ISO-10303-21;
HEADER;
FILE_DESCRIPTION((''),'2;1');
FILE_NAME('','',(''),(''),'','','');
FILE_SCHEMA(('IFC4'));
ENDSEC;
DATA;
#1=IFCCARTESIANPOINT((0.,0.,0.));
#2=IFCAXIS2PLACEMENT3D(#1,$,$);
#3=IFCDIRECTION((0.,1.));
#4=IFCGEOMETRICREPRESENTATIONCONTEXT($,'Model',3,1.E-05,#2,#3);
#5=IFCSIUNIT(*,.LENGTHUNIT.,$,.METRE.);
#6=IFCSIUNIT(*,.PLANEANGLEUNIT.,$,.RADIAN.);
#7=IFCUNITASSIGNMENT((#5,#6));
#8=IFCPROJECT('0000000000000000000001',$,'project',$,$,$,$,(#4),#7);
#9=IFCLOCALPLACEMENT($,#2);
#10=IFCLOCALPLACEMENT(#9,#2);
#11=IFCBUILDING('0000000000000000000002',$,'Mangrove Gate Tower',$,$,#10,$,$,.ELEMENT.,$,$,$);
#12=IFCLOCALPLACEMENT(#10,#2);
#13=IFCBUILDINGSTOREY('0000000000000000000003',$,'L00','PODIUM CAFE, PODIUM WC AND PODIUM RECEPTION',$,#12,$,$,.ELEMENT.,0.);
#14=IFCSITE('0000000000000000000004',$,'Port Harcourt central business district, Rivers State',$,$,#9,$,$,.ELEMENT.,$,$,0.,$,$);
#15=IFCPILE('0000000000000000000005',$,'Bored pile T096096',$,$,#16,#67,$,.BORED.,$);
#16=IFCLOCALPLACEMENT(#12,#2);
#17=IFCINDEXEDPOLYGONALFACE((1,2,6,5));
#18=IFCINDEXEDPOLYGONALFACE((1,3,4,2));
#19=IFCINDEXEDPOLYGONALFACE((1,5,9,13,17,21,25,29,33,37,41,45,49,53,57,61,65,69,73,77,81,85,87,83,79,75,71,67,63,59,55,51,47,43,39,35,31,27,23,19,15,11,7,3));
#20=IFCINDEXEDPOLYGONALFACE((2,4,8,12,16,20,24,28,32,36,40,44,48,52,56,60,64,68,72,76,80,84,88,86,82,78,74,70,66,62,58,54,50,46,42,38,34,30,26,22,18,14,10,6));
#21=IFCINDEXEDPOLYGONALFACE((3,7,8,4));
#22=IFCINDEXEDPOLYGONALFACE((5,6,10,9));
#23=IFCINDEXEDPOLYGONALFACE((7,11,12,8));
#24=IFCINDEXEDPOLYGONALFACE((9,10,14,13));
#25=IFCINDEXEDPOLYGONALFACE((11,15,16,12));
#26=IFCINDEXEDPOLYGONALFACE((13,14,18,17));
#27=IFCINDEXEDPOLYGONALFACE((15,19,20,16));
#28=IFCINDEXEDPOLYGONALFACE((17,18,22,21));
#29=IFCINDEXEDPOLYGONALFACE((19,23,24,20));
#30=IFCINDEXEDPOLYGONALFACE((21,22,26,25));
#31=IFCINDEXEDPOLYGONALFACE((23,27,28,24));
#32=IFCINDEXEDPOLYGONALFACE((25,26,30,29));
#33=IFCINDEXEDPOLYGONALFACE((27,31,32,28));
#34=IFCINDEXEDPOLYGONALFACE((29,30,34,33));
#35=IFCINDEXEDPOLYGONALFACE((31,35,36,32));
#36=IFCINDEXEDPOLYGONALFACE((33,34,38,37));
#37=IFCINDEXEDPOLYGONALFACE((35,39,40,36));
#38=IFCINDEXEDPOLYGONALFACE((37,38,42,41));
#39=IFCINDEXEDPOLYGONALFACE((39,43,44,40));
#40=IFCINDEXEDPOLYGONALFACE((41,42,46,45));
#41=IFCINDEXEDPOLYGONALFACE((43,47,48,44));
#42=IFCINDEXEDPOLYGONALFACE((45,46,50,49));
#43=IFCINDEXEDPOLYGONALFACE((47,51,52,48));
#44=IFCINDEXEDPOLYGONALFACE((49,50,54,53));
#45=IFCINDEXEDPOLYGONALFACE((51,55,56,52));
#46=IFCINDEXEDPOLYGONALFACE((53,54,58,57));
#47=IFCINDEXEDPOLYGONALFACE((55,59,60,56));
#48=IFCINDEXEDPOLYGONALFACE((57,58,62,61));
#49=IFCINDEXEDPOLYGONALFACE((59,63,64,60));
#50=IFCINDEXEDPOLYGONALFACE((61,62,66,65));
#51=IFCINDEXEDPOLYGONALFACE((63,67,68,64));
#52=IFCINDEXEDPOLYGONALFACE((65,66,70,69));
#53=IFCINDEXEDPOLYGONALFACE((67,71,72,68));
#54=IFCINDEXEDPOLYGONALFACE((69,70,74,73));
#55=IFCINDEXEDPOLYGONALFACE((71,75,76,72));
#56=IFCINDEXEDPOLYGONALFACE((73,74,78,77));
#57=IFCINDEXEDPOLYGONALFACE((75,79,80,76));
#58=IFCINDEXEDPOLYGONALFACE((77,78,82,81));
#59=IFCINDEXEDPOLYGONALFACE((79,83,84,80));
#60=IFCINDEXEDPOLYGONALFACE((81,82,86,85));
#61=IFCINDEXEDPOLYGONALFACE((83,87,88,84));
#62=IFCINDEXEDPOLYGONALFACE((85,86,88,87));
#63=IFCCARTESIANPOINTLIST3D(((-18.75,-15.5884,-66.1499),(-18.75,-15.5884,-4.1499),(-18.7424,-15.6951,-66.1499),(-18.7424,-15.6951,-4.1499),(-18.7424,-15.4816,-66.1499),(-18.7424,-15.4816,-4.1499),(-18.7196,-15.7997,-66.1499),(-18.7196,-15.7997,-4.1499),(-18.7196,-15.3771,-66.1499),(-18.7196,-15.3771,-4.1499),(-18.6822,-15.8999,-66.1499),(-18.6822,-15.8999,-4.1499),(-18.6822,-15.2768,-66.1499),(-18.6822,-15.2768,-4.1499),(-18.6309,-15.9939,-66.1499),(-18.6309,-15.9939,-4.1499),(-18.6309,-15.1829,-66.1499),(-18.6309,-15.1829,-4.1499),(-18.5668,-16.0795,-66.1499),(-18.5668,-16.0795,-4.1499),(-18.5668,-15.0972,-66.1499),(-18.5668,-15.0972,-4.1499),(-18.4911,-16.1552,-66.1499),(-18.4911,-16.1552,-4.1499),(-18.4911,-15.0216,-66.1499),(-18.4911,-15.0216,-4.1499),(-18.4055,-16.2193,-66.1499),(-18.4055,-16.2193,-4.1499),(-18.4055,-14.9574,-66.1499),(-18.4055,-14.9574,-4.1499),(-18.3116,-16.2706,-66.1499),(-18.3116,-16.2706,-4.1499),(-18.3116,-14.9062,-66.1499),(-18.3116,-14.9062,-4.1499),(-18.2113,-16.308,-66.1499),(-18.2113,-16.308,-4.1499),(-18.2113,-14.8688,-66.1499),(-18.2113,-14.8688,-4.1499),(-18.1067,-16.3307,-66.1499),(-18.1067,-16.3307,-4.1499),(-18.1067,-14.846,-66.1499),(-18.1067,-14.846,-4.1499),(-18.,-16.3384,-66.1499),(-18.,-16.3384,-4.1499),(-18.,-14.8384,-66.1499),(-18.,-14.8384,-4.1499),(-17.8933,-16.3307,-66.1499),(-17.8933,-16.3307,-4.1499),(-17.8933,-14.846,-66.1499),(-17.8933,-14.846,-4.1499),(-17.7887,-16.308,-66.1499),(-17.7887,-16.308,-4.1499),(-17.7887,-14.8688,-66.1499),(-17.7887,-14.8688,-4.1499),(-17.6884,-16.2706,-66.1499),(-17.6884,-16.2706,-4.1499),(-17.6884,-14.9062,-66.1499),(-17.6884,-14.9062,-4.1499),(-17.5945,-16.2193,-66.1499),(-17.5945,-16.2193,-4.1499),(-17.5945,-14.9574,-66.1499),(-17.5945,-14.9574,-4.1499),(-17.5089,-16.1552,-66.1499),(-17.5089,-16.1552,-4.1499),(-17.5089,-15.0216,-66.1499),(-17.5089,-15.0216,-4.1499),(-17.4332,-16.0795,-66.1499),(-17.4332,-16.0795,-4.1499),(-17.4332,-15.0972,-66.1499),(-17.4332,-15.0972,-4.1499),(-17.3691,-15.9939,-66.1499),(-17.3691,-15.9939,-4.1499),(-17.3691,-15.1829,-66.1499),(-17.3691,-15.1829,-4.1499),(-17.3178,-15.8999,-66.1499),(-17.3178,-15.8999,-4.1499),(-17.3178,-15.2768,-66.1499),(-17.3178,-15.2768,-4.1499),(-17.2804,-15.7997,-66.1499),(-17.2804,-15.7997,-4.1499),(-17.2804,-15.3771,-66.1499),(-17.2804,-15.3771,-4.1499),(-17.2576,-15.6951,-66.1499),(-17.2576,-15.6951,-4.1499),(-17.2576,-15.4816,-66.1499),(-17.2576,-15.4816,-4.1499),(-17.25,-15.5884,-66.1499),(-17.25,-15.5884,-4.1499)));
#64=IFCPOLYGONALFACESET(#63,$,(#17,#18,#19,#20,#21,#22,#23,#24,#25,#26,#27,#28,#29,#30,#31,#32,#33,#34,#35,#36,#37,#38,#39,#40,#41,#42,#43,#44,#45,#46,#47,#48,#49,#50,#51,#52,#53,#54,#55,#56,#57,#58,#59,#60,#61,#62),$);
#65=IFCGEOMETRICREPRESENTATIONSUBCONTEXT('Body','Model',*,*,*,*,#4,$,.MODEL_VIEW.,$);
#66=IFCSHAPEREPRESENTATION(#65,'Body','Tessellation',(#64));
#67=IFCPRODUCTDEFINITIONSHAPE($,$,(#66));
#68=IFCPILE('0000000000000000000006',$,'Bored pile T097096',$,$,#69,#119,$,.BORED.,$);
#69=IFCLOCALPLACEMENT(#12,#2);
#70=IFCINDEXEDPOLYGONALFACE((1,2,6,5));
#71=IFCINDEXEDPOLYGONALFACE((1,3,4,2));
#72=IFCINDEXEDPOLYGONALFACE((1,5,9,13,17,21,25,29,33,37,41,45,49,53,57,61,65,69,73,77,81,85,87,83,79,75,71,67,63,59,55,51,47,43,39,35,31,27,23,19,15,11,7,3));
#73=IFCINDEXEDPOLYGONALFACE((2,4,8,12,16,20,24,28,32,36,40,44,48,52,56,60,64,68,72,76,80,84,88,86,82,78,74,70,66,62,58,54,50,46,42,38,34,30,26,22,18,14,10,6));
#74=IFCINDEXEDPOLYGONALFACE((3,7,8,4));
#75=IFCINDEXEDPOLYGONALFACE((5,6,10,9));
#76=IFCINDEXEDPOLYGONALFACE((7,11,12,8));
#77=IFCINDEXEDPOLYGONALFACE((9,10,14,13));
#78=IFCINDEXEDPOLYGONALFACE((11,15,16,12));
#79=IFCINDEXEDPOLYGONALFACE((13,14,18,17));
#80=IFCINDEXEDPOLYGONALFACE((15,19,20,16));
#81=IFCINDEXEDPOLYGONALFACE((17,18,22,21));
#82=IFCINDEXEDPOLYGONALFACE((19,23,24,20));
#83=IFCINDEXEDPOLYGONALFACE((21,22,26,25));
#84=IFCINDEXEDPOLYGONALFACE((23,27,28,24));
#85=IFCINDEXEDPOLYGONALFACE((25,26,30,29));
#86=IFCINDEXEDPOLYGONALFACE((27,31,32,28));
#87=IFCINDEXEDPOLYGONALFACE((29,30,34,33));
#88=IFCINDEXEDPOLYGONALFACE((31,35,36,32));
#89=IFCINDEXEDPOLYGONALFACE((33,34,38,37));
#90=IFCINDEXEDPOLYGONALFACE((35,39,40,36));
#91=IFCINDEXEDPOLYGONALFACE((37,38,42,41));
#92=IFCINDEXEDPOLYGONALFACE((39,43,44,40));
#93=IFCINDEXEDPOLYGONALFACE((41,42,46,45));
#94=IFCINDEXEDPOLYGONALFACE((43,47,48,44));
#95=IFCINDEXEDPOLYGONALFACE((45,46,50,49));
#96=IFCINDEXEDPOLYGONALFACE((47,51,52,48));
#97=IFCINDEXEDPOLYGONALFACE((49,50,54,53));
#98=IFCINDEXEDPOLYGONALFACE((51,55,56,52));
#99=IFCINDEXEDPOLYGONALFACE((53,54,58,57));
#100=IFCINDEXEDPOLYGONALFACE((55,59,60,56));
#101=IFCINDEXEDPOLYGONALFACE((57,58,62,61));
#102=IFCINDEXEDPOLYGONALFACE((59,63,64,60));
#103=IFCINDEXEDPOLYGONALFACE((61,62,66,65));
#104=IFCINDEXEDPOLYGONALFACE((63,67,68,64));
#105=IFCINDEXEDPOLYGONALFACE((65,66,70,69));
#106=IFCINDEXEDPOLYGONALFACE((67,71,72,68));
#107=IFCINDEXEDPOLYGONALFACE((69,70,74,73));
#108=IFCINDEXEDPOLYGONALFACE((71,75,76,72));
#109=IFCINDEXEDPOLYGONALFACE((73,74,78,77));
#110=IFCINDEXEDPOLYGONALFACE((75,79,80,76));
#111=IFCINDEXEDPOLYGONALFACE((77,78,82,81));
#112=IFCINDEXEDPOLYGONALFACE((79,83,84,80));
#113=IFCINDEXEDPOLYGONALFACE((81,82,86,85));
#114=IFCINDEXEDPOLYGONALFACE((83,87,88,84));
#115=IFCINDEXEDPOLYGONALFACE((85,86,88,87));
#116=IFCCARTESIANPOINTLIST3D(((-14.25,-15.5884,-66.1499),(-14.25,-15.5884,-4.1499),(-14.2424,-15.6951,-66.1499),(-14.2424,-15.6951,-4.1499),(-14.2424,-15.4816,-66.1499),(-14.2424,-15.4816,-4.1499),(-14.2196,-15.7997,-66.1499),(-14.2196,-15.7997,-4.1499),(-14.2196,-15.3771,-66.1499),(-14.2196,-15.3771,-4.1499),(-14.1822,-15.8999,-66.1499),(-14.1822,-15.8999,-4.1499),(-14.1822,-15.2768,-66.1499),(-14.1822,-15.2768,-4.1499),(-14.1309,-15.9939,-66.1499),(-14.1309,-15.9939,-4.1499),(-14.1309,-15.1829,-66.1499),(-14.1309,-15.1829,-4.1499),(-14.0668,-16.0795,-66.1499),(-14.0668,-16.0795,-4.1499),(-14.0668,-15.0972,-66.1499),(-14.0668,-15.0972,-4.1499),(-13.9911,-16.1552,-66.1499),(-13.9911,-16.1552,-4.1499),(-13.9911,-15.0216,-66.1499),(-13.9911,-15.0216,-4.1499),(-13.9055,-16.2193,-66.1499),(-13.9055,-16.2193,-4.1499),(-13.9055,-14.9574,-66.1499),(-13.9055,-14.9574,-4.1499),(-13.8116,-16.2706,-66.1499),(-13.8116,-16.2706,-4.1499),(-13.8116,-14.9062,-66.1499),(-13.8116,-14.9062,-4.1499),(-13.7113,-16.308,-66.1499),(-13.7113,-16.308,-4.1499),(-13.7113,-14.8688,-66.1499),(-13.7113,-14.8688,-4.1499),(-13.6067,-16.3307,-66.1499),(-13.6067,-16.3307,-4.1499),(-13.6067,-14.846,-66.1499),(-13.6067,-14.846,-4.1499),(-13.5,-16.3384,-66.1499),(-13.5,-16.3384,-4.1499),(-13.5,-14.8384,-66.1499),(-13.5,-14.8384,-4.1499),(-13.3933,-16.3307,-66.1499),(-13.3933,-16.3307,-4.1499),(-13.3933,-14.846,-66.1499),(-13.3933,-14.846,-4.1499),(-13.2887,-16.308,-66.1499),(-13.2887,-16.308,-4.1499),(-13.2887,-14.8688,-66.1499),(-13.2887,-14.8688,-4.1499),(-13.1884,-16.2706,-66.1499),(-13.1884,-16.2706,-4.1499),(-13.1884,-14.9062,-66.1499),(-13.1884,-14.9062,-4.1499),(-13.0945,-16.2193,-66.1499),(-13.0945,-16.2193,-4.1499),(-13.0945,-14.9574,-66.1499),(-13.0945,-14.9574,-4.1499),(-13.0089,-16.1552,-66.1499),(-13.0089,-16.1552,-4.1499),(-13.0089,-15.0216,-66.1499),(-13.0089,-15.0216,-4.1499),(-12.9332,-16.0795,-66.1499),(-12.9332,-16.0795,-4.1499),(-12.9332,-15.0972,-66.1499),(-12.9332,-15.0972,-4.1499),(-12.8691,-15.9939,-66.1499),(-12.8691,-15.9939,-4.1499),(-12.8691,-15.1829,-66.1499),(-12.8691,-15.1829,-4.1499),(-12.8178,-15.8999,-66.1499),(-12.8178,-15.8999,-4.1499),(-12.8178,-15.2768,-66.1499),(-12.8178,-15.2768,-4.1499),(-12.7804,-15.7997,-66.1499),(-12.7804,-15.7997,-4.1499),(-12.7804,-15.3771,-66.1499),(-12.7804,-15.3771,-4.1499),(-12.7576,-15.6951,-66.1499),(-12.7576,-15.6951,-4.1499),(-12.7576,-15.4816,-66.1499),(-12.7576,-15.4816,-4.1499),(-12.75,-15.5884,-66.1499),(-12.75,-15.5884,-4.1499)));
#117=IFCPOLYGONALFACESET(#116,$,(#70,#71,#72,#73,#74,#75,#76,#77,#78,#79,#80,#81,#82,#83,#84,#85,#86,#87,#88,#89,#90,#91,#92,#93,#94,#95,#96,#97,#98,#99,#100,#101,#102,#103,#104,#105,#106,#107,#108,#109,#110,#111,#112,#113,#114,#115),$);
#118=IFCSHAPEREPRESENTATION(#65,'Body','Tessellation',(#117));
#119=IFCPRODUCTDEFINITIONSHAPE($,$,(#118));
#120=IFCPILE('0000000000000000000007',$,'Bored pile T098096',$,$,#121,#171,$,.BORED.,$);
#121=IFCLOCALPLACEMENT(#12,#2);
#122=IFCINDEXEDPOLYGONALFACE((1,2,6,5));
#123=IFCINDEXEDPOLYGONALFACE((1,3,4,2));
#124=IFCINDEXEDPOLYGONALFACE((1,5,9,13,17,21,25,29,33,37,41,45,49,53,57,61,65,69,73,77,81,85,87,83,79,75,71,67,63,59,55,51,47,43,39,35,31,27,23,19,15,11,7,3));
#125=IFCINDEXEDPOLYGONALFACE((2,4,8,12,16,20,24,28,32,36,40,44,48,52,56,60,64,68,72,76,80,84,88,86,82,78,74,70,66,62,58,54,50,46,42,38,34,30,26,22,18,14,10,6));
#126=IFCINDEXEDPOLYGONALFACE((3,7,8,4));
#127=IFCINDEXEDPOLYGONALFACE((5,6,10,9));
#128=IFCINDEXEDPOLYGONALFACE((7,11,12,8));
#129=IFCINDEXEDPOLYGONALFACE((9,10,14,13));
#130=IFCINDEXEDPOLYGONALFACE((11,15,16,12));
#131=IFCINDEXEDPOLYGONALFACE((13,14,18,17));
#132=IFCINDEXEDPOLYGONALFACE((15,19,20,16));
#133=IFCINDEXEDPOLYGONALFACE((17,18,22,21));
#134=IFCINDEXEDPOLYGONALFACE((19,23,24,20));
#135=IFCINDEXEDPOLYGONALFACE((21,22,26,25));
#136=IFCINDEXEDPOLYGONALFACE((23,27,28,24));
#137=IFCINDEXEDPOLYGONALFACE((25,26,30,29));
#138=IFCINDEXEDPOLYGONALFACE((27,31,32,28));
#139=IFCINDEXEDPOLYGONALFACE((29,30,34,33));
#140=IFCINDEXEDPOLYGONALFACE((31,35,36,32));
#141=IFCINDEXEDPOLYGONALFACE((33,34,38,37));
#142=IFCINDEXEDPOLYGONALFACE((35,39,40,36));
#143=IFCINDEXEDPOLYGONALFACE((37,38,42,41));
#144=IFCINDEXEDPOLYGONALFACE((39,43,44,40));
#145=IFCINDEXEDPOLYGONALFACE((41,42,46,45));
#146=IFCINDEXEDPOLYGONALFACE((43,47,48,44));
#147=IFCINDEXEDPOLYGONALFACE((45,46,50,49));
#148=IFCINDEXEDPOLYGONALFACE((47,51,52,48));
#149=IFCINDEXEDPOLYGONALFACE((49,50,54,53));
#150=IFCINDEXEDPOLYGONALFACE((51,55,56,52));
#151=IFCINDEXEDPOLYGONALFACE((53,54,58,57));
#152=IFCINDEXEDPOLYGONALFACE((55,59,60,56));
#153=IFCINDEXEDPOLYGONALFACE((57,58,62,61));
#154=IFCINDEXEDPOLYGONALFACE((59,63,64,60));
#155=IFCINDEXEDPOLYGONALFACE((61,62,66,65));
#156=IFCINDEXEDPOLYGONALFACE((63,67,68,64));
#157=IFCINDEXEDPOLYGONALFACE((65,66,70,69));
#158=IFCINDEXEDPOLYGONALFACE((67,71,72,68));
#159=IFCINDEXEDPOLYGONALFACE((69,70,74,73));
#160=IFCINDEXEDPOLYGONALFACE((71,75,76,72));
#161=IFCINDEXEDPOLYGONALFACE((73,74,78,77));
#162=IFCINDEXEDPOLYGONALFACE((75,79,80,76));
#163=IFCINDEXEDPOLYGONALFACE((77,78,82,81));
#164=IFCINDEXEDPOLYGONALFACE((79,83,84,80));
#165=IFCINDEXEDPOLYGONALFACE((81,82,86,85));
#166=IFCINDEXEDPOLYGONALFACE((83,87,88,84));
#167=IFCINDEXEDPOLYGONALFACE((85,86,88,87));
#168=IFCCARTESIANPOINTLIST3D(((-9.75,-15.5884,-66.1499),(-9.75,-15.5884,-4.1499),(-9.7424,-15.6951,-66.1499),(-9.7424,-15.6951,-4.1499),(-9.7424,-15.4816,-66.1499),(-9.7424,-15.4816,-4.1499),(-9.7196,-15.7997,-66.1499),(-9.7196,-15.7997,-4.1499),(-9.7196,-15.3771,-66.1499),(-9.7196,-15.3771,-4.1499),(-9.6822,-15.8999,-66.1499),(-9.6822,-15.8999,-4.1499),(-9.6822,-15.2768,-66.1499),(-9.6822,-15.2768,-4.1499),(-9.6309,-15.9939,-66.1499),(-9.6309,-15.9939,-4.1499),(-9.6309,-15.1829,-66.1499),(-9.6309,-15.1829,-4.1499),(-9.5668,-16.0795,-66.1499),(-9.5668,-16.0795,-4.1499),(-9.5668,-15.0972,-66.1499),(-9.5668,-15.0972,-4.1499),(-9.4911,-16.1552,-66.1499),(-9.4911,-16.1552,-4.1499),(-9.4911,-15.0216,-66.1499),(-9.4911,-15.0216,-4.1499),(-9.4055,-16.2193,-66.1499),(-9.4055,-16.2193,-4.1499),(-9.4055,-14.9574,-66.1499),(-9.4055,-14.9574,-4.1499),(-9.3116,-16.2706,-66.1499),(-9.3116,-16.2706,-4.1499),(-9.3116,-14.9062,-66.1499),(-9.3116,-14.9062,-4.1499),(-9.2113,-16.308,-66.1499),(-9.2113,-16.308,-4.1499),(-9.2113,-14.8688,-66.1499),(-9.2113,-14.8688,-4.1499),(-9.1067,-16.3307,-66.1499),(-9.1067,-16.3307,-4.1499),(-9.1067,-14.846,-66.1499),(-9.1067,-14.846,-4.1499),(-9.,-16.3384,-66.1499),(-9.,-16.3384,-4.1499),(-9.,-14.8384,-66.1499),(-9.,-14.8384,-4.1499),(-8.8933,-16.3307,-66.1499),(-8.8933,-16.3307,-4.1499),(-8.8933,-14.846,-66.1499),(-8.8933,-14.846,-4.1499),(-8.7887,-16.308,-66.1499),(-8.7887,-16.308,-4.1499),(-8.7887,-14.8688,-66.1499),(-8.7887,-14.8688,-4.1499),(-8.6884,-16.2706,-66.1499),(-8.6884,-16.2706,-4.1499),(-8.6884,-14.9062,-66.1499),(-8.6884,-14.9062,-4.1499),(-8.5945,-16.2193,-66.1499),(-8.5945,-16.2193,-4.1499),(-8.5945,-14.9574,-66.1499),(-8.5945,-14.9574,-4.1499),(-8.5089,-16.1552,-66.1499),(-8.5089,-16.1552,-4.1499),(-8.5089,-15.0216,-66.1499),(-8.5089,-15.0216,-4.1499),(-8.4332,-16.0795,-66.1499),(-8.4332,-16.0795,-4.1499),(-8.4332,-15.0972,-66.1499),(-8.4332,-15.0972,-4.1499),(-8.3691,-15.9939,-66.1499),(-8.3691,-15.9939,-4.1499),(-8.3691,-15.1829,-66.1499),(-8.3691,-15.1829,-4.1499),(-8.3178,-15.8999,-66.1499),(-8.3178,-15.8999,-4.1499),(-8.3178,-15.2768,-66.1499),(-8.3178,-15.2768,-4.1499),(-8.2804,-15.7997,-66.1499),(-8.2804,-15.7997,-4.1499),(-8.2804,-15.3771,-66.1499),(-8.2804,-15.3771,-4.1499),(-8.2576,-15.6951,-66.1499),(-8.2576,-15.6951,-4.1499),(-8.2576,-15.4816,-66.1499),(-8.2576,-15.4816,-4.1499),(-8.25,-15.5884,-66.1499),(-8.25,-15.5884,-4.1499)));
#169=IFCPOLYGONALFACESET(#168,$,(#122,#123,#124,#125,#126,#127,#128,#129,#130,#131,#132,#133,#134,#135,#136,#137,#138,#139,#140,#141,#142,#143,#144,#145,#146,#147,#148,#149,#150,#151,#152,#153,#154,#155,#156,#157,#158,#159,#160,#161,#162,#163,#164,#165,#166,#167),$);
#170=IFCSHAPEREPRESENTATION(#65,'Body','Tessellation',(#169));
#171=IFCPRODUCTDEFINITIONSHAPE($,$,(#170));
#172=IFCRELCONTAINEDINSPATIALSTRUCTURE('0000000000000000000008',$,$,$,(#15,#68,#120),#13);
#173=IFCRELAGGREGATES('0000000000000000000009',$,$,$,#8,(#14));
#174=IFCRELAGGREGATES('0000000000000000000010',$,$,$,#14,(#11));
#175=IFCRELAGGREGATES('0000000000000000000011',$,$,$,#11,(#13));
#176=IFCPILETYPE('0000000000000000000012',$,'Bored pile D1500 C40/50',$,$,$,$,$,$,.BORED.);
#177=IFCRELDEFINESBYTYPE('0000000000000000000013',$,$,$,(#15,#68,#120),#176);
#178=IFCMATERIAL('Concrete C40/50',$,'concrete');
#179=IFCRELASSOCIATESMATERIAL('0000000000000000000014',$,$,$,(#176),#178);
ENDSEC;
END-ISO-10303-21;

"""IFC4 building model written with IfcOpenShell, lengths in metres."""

from ifc_helpers import new_model, si_unit, direction, frame, origin, origin_2d, place, context, subcontext, project, spatial, circle, extrude, material, material_profile, profile_set, type_object, element, save


model = new_model("IFC4")

# Units and contexts
model_context = context("Model", 3, precision=1e-05, world=origin(), true_north=direction((0.0, 1.0)))
body_context = subcontext(model_context, "Body", "Model", "MODEL_VIEW")
ifc_project = project(units=[si_unit("LENGTHUNIT", "METRE"), si_unit("PLANEANGLEUNIT", "RADIAN")], contexts=[model_context])

# Site, building, storey
site_placement = place(None, origin())
site = spatial("IfcSite", under=ifc_project, at=site_placement, Name="Port Harcourt central business district, Rivers State", CompositionType="ELEMENT", RefElevation=0.0)
building_placement = place(site_placement, origin())
building = spatial("IfcBuilding", under=site, at=building_placement, Name="Mangrove Gate Tower", CompositionType="ELEMENT")
storey_placement = place(building_placement, origin())
storey = spatial("IfcBuildingStorey", under=building, at=storey_placement, Name="L00", Description="PODIUM CAFE, PODIUM WC AND PODIUM RECEPTION", CompositionType="ELEMENT", Elevation=0.0)

# Piles
ifc_material_1 = material(Name="Concrete C40/50", Category="concrete")
ifc_material_profile_1 = material_profile(ifc_material_1, circle(Radius=0.75, at=origin_2d()))
ifc_profile_set_1 = profile_set([ifc_material_profile_1], Name="Concrete C40/50")
pile_type = type_object("IfcPileType", Name="Bored pile D1500 C40/50", PredefinedType="BORED", material=ifc_profile_set_1)
for number, where, z_axis, x_axis, name in (
    (1, (-18.0, -15.5884, -4.1499), (0.0, 0.0, -1.0), (1.0, 0.0, 0.0), "Bored pile T096096"),
    (2, (-13.5, -15.5884, -4.1499), (0.0, 0.0, -1.0), (1.0, 0.0, 0.0), "Bored pile T097096"),
    (3, (-9.0, -15.5884, -4.1499), (0.0, 0.0, -1.0), (1.0, 0.0, 0.0), "Bored pile T098096"),
):
    element("IfcPile", number, at=place(storey_placement, frame(where, z_axis=z_axis, x_axis=x_axis)), inside=storey, type_object=pile_type, Name=name, PredefinedType="BORED", context=body_context, shape_type="SweptSolid", body=[
        extrude(circle(Radius=0.75, at=origin_2d()), origin(), (0.0, 0.0, 1.0), 62.0),
    ])

save(model, "model.ifc")
